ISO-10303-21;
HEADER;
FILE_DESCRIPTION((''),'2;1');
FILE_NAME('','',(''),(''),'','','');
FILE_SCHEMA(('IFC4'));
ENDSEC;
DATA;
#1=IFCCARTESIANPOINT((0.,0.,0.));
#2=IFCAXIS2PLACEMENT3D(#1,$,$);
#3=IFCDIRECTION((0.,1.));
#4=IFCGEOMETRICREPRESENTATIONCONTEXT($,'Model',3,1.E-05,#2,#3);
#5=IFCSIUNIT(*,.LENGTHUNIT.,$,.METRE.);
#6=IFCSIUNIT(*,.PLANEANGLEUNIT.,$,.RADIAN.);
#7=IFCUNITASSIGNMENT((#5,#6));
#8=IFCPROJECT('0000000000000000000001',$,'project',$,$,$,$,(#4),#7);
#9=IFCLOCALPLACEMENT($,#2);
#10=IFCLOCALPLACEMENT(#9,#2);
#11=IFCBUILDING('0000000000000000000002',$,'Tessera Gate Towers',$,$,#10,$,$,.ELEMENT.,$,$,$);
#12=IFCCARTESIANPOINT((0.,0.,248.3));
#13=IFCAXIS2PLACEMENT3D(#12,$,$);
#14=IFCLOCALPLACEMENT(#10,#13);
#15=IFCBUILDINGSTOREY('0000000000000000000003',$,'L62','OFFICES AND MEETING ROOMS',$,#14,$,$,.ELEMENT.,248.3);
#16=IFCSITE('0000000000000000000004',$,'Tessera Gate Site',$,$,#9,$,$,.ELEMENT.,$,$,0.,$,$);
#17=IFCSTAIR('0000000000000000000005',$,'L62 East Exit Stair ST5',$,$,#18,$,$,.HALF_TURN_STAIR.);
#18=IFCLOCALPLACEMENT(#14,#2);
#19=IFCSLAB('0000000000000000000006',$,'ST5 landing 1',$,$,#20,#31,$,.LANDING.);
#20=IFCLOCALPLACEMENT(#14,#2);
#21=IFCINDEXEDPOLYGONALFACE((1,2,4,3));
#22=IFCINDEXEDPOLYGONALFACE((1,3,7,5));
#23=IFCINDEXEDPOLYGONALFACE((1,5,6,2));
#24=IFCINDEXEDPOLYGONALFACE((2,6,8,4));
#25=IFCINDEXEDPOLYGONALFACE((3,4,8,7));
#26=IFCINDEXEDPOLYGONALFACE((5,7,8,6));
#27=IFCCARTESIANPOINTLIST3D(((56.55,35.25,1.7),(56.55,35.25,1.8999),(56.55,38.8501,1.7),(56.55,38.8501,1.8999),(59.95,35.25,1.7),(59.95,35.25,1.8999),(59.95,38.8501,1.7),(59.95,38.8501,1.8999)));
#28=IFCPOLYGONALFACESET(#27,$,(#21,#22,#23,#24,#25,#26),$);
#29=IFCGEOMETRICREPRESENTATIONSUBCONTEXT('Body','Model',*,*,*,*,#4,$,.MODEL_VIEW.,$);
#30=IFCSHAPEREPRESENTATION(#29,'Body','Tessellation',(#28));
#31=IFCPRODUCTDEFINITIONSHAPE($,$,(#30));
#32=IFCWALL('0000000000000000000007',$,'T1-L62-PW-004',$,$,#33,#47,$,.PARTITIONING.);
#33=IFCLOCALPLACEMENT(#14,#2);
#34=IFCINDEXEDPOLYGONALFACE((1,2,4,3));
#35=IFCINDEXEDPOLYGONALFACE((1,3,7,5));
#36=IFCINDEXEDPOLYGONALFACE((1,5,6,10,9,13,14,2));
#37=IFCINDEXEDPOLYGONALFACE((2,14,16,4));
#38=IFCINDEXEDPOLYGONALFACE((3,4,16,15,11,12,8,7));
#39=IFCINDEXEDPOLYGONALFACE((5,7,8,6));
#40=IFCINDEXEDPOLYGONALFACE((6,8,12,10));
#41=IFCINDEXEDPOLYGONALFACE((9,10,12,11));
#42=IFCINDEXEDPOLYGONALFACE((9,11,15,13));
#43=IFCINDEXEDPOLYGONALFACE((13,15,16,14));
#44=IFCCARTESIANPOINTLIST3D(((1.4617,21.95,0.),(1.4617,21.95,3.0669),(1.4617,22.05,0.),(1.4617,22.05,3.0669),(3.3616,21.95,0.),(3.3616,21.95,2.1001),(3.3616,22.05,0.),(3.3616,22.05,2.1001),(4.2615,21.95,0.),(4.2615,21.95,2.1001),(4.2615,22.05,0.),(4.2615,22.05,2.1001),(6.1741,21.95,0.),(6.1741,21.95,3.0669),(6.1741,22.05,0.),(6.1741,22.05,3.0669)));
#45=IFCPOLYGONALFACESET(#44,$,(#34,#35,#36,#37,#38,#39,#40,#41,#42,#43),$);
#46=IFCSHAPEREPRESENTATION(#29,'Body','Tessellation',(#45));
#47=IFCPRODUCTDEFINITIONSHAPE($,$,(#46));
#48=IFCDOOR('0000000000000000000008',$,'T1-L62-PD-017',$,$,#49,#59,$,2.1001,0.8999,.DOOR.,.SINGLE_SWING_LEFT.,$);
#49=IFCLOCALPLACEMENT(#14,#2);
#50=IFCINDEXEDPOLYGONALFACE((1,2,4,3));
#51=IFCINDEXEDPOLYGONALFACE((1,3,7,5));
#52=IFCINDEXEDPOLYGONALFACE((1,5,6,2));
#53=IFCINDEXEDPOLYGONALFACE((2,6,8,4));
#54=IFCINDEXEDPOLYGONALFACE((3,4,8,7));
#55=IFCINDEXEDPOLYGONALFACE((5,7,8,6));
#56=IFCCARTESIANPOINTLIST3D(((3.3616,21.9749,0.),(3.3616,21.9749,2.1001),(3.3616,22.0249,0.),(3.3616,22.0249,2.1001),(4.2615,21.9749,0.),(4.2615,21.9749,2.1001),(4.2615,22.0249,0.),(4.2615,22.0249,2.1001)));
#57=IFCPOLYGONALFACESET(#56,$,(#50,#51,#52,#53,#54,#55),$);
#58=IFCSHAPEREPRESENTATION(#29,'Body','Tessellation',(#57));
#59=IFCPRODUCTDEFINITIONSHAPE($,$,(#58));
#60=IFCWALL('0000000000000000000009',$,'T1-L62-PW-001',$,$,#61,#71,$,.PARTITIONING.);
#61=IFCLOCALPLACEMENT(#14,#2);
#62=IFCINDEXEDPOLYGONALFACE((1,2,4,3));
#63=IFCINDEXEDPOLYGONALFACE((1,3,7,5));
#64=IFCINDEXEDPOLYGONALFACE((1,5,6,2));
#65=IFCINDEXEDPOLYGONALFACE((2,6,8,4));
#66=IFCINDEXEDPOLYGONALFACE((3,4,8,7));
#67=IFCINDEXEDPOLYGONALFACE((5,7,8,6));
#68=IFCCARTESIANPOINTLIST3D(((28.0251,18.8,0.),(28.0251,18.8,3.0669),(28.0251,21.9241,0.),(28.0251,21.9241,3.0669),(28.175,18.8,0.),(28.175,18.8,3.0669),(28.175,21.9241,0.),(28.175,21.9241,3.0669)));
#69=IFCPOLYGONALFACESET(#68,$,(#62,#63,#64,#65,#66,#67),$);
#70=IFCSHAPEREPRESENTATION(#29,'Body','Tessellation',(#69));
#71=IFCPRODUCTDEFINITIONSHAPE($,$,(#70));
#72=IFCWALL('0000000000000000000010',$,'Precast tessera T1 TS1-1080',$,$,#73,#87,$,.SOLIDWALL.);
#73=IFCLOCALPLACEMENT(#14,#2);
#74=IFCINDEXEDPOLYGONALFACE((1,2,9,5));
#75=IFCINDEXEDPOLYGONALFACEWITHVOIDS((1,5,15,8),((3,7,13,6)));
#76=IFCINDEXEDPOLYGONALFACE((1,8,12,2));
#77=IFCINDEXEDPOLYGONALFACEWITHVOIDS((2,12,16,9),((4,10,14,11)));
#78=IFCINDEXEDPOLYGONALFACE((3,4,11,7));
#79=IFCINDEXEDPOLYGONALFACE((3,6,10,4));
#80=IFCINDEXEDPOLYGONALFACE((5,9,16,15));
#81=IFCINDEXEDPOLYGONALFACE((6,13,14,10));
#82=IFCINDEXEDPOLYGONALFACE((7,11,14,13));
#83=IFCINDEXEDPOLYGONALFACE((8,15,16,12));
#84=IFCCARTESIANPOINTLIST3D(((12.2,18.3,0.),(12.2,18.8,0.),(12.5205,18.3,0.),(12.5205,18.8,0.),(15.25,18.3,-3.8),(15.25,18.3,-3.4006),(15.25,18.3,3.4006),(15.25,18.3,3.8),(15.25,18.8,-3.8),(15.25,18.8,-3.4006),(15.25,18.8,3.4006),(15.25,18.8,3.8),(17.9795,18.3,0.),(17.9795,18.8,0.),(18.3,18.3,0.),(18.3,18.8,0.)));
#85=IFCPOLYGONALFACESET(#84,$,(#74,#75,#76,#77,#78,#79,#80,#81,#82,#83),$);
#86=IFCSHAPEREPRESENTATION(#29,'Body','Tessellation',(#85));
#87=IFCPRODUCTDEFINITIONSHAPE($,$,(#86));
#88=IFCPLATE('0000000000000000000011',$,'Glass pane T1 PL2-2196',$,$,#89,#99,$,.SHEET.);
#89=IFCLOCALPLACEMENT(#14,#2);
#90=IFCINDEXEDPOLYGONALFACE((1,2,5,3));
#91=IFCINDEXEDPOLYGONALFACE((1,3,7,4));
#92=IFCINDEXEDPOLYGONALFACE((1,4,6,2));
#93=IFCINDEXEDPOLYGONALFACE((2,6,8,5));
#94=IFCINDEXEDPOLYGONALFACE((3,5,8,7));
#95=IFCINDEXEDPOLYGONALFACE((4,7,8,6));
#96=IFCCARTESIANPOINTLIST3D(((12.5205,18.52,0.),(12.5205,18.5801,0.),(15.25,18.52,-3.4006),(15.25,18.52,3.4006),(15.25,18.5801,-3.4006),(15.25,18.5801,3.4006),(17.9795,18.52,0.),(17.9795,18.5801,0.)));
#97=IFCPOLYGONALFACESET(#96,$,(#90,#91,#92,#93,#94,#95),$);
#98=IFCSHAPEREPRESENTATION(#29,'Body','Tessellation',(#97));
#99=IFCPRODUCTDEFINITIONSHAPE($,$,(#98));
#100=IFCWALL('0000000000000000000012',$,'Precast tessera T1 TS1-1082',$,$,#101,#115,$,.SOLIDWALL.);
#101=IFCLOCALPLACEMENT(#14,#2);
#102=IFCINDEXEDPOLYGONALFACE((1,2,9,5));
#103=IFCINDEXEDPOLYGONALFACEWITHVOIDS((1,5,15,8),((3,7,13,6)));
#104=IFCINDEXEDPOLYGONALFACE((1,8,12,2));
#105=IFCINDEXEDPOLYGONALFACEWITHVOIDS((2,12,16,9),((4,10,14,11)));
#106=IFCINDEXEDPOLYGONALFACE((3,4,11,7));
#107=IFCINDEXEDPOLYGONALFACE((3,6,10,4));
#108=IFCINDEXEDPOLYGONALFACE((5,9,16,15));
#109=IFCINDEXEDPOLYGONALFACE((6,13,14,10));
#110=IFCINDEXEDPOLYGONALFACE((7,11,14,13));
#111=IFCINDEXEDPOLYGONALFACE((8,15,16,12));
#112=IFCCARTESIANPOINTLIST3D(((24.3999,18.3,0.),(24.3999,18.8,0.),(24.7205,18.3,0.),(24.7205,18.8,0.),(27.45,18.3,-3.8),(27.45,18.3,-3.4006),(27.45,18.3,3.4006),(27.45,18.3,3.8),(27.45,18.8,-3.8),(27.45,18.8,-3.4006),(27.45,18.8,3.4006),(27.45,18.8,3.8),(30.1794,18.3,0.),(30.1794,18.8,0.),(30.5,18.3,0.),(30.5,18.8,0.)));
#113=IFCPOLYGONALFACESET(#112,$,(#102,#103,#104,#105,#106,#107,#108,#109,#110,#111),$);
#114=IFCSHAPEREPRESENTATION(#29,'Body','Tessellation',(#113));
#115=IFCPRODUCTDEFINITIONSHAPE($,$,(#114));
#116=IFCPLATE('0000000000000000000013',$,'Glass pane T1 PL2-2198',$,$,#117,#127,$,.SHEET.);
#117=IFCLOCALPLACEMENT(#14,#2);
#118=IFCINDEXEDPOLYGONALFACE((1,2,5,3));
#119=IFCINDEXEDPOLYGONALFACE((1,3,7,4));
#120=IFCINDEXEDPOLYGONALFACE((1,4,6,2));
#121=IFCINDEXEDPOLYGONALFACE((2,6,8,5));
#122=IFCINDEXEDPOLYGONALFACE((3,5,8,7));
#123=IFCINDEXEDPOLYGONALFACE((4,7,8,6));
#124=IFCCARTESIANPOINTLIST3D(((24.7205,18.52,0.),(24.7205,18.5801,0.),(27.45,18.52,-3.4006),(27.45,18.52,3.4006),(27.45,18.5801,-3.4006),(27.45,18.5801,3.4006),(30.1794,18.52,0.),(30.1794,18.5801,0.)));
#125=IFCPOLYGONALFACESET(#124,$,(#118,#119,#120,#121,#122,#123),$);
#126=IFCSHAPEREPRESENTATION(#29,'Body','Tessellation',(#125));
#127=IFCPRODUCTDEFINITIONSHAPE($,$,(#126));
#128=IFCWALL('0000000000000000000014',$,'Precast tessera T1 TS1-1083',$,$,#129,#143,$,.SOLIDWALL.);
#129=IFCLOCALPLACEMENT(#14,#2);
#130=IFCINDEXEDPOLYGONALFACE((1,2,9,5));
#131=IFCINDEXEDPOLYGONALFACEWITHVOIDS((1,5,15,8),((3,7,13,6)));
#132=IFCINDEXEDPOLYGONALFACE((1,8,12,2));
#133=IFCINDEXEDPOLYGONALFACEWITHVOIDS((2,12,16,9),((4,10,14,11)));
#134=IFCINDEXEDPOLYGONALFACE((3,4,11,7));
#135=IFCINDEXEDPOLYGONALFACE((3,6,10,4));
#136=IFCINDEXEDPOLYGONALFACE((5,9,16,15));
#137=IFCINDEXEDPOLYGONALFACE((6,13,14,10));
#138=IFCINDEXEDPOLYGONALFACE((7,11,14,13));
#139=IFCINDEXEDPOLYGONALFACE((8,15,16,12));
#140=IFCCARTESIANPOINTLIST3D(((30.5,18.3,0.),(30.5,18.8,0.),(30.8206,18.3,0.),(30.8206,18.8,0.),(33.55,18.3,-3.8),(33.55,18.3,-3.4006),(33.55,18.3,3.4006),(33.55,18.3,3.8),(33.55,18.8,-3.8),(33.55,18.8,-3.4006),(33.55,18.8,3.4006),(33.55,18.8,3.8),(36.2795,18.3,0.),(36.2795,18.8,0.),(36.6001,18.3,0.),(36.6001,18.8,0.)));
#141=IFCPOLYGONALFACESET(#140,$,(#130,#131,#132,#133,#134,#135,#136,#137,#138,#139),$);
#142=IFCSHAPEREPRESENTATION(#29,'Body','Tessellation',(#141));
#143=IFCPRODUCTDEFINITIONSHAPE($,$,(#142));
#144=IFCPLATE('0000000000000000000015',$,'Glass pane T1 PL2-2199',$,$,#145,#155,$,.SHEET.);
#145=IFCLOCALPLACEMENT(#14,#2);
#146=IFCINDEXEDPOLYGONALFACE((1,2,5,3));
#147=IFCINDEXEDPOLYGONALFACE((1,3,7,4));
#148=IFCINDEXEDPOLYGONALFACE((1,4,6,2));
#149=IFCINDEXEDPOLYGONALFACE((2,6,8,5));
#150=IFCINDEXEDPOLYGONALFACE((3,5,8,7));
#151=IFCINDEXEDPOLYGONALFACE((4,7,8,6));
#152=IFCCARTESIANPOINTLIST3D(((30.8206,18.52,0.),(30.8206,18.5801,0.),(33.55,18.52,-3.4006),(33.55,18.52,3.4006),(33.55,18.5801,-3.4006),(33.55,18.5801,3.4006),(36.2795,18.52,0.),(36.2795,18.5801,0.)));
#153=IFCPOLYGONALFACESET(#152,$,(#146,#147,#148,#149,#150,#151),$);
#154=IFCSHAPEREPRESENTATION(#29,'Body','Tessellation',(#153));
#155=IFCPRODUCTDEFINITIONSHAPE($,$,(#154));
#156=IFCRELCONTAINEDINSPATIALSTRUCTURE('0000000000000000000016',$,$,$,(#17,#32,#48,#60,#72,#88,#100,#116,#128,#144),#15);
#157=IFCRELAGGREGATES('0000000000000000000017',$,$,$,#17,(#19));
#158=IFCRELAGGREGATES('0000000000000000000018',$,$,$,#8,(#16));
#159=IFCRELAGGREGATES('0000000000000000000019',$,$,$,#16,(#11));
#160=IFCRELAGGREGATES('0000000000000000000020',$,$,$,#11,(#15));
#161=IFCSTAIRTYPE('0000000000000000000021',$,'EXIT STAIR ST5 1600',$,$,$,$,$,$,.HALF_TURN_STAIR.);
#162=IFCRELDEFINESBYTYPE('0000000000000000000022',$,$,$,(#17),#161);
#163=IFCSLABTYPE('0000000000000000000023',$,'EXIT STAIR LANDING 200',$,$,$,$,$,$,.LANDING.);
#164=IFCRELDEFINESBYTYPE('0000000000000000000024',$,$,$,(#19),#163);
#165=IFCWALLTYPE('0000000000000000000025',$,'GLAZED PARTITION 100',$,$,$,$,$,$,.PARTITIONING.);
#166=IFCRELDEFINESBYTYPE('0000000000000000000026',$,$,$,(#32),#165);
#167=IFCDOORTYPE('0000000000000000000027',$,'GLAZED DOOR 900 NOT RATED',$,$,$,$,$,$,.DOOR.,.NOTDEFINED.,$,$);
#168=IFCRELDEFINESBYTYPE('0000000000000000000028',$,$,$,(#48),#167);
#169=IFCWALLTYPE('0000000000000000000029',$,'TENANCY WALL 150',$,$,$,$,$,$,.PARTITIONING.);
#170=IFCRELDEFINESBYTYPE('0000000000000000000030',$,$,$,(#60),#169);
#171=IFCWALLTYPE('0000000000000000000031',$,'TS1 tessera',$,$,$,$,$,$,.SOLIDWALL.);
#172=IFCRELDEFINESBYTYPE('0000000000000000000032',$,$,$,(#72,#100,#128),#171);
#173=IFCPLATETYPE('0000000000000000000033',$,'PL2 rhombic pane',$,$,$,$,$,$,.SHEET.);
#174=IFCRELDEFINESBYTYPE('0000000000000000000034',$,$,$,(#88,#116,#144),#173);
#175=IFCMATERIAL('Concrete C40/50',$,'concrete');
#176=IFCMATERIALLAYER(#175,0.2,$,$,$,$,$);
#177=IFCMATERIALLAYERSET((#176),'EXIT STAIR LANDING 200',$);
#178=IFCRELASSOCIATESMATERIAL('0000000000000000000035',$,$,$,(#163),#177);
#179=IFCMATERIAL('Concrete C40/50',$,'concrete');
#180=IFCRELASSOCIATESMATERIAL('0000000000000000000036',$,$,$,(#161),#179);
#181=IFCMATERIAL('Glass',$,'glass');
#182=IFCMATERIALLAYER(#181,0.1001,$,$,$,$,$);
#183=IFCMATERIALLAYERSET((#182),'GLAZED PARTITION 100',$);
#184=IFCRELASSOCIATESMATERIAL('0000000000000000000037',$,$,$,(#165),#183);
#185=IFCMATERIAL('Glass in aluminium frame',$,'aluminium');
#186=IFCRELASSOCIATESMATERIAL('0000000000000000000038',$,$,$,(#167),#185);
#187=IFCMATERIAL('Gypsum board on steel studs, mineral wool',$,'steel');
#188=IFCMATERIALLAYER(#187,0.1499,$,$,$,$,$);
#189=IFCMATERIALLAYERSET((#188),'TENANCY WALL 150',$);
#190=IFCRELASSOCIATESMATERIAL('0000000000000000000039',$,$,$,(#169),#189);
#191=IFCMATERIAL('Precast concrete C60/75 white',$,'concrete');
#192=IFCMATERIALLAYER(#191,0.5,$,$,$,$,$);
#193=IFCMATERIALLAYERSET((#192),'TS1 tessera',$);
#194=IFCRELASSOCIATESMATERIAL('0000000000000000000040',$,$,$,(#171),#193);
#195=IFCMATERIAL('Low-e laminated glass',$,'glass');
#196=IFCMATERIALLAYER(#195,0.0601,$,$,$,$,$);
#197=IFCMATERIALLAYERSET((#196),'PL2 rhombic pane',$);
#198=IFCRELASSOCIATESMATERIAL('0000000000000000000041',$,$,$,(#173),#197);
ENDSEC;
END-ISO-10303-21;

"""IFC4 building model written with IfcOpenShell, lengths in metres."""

from ifc_helpers import new_model, si_unit, direction, frame, frame_2d, origin, place, context, subcontext, project, spatial, polyline, rectangle, outline, extrude, source, transform, mapped, material, layer, layer_set, type_object, element, fill, aggregate, save


model = new_model("IFC4")

# Units and contexts
model_context = context("Model", 3, precision=1e-05, world=origin(), true_north=direction((0.0, 1.0)))
body_context = subcontext(model_context, "Body", "Model", "MODEL_VIEW")
ifc_project = project(units=[si_unit("LENGTHUNIT", "METRE"), si_unit("PLANEANGLEUNIT", "RADIAN")], contexts=[model_context])

# Site, building, storey
site_placement = place(None, origin())
site = spatial("IfcSite", under=ifc_project, at=site_placement, Name="Tessera Gate Site", CompositionType="ELEMENT", RefElevation=0.0)
building_placement = place(site_placement, origin())
building = spatial("IfcBuilding", under=site, at=building_placement, Name="Tessera Gate Towers", CompositionType="ELEMENT")
storey_placement = place(building_placement, frame((0.0, 0.0, 248.3)))
storey = spatial("IfcBuildingStorey", under=building, at=storey_placement, Name="L62", Description="OFFICES AND MEETING ROOMS", CompositionType="ELEMENT", Elevation=248.3)

# Stair, slab
ifc_material_1 = material(Name="Concrete C40/50", Category="concrete")
ifc_layer_1 = layer(ifc_material_1, 0.2)
ifc_layer_set_1 = layer_set([ifc_layer_1], Name="EXIT STAIR LANDING 200")
slab_type_1 = type_object("IfcSlabType", Name="EXIT STAIR LANDING 200", PredefinedType="LANDING", material=ifc_layer_set_1)
ifc_material_2 = material(Name="Concrete C40/50", Category="concrete")
stair_type_1 = type_object("IfcStairType", Name="EXIT STAIR ST5 1600", PredefinedType="HALF_TURN_STAIR", material=ifc_material_2)
stair_1_placement = place(storey_placement, origin())
stair_1 = element("IfcStair", 1, at=stair_1_placement, inside=storey, type_object=stair_type_1, Name="L62 East Exit Stair ST5", PredefinedType="HALF_TURN_STAIR")
slab_1_placement = place(storey_placement, frame((0.0, 0.0, 1.7)))
slab_1 = element("IfcSlab", 2, at=slab_1_placement, type_object=slab_type_1, Name="ST5 landing 1", PredefinedType="LANDING", context=body_context, shape_type="SweptSolid", body=[
    extrude(outline(polyline([(59.95, 35.25), (59.95, 38.8501), (56.55, 38.8501), (56.55, 35.25), (59.95, 35.25)])), origin(), (0.0, 0.0, 1.0), 0.2),
])
aggregate(stair_1, [slab_1])

# Wall, opening, door
ifc_material_3 = material(Name="Glass", Category="glass")
ifc_layer_2 = layer(ifc_material_3, 0.1001)
ifc_layer_set_2 = layer_set([ifc_layer_2], Name="GLAZED PARTITION 100")
wall_type_1 = type_object("IfcWallType", Name="GLAZED PARTITION 100", PredefinedType="PARTITIONING", material=ifc_layer_set_2)
wall_1_placement = place(storey_placement, frame((1.4617, 22.0, 0.0), z_axis=(0.0, 0.0, 1.0), x_axis=(1.0, 0.0, 0.0)))
wall_1 = element("IfcWall", 3, at=wall_1_placement, inside=storey, type_object=wall_type_1, Name="T1-L62-PW-004", PredefinedType="PARTITIONING", context=body_context, shape_type="SweptSolid", body=[
    extrude(rectangle(XDim=4.7124, YDim=0.1001, at=frame_2d((2.3562, 0.0))), origin(), (0.0, 0.0, 1.0), 3.0669),
])
shared_shape_1 = source(origin(), body_context, "Body", "SweptSolid", [
    extrude(rectangle(XDim=0.8999, YDim=2.1001, at=frame_2d((0.45, 1.05))), frame((0.0, 0.0601, 0.0), z_axis=(0.0, -1.0, 0.0), x_axis=(1.0, 0.0, 0.0)), (0.0, 0.0, 1.0), 0.1201),
])
opening_1_placement = place(wall_1_placement, frame((1.8999, 0.0, 0.0)))
opening_1 = element("IfcOpeningElement", 4, at=opening_1_placement, cuts=wall_1, PredefinedType="OPENING", context=body_context, shape_type="MappedRepresentation", body=[
    mapped(shared_shape_1, transform((0.0, 0.0, 0.0), scale=1.0)),
])
ifc_material_4 = material(Name="Glass in aluminium frame", Category="aluminium")
door_type = type_object("IfcDoorType", Name="GLAZED DOOR 900 NOT RATED", OperationType="NOTDEFINED", PredefinedType="DOOR", material=ifc_material_4)
shared_shape_2 = source(origin(), body_context, "Body", "SweptSolid", [
    extrude(rectangle(XDim=0.8999, YDim=2.1001, at=frame_2d((0.45, 1.05))), frame((0.0, 0.0249, 0.0), z_axis=(0.0, -1.0, 0.0), x_axis=(1.0, 0.0, 0.0)), (0.0, 0.0, 1.0), 0.05),
])
door_placement = place(opening_1_placement, origin())
door = element("IfcDoor", 5, at=door_placement, inside=storey, type_object=door_type, Name="T1-L62-PD-017", OperationType="SINGLE_SWING_LEFT", OverallHeight=2.1001, OverallWidth=0.8999, PredefinedType="DOOR", context=body_context, shape_type="MappedRepresentation", body=[
    mapped(shared_shape_2, transform((0.0, 0.0, 0.0), scale=1.0)),
])
fill(opening_1, door)

# Wall
ifc_material_5 = material(Name="Gypsum board on steel studs, mineral wool", Category="steel")
ifc_layer_3 = layer(ifc_material_5, 0.1499)
ifc_layer_set_3 = layer_set([ifc_layer_3], Name="TENANCY WALL 150")
wall_type_2 = type_object("IfcWallType", Name="TENANCY WALL 150", PredefinedType="PARTITIONING", material=ifc_layer_set_3)
wall_2_placement = place(storey_placement, frame((28.1001, 18.8, 0.0), z_axis=(0.0, 0.0, 1.0), x_axis=(0.0, 1.0, 0.0)))
element("IfcWall", 6, at=wall_2_placement, inside=storey, type_object=wall_type_2, Name="T1-L62-PW-001", PredefinedType="PARTITIONING", context=body_context, shape_type="SweptSolid", body=[
    extrude(rectangle(XDim=3.124, YDim=0.1499, at=frame_2d((1.562, 0.0))), origin(), (0.0, 0.0, 1.0), 3.0669),
])

# Walls, openings, plates
ifc_material_6 = material(Name="Precast concrete C60/75 white", Category="concrete")
ifc_layer_4 = layer(ifc_material_6, 0.5)
ifc_layer_set_4 = layer_set([ifc_layer_4], Name="TS1 tessera")
wall_type_3 = type_object("IfcWallType", Name="TS1 tessera", PredefinedType="SOLIDWALL", material=ifc_layer_set_4)
shared_shape_3 = source(origin(), body_context, "Body", "SweptSolid", [
    extrude(outline(polyline([(3.05, 0.0), (6.1001, 3.8), (3.05, 7.6001), (0.0, 3.8), (3.05, 0.0)])), frame((0.0, 0.25, 0.0), z_axis=(0.0, -1.0, 0.0), x_axis=(1.0, 0.0, 0.0)), (0.0, 0.0, 1.0), 0.5),
])
wall_3_placement = place(storey_placement, frame((12.2, 18.55, -3.8), z_axis=(0.0, 0.0, 1.0), x_axis=(1.0, 0.0, 0.0)))
wall_3 = element("IfcWall", 7, at=wall_3_placement, inside=storey, type_object=wall_type_3, Name="Precast tessera T1 TS1-1080", PredefinedType="SOLIDWALL", context=body_context, shape_type="MappedRepresentation", body=[
    mapped(shared_shape_3, transform((0.0, 0.0, 0.0), scale=1.0)),
])
shared_shape_4 = source(origin(), body_context, "Body", "SweptSolid", [
    extrude(outline(polyline([(3.05, 0.3994), (5.7795, 3.8), (3.05, 7.2007), (0.3206, 3.8), (3.05, 0.3994)])), frame((0.0, 0.26, 0.0), z_axis=(0.0, -1.0, 0.0), x_axis=(1.0, 0.0, 0.0)), (0.0, 0.0, 1.0), 0.52),
])
opening_2_placement = place(wall_3_placement, origin())
opening_2 = element("IfcOpeningElement", 8, at=opening_2_placement, cuts=wall_3, PredefinedType="OPENING", context=body_context, shape_type="MappedRepresentation", body=[
    mapped(shared_shape_4, transform((0.0, 0.0, 0.0), scale=1.0)),
])
ifc_material_7 = material(Name="Low-e laminated glass", Category="glass")
ifc_layer_5 = layer(ifc_material_7, 0.0601)
ifc_layer_set_5 = layer_set([ifc_layer_5], Name="PL2 rhombic pane")
plate_type = type_object("IfcPlateType", Name="PL2 rhombic pane", PredefinedType="SHEET", material=ifc_layer_set_5)
shared_shape_5 = source(origin(), body_context, "Body", "SweptSolid", [
    extrude(outline(polyline([(3.05, 0.3994), (5.7795, 3.8), (3.05, 7.2007), (0.3206, 3.8), (3.05, 0.3994)])), frame((0.0, 0.03, 0.0), z_axis=(0.0, -1.0, 0.0), x_axis=(1.0, 0.0, 0.0)), (0.0, 0.0, 1.0), 0.0601),
])
plate_1_placement = place(opening_2_placement, origin())
plate_1 = element("IfcPlate", 9, at=plate_1_placement, inside=storey, type_object=plate_type, Name="Glass pane T1 PL2-2196", PredefinedType="SHEET", context=body_context, shape_type="MappedRepresentation", body=[
    mapped(shared_shape_5, transform((0.0, 0.0, 0.0), scale=1.0)),
])
fill(opening_2, plate_1)
wall_4_placement = place(storey_placement, frame((24.3999, 18.55, -3.8), z_axis=(0.0, 0.0, 1.0), x_axis=(1.0, 0.0, 0.0)))
wall_4 = element("IfcWall", 10, at=wall_4_placement, inside=storey, type_object=wall_type_3, Name="Precast tessera T1 TS1-1082", PredefinedType="SOLIDWALL", context=body_context, shape_type="MappedRepresentation", body=[
    mapped(shared_shape_3, transform((0.0, 0.0, 0.0), scale=1.0)),
])
opening_3_placement = place(wall_4_placement, origin())
opening_3 = element("IfcOpeningElement", 11, at=opening_3_placement, cuts=wall_4, PredefinedType="OPENING", context=body_context, shape_type="MappedRepresentation", body=[
    mapped(shared_shape_4, transform((0.0, 0.0, 0.0), scale=1.0)),
])
plate_2_placement = place(opening_3_placement, origin())
plate_2 = element("IfcPlate", 12, at=plate_2_placement, inside=storey, type_object=plate_type, Name="Glass pane T1 PL2-2198", PredefinedType="SHEET", context=body_context, shape_type="MappedRepresentation", body=[
    mapped(shared_shape_5, transform((0.0, 0.0, 0.0), scale=1.0)),
])
fill(opening_3, plate_2)
wall_5_placement = place(storey_placement, frame((30.5, 18.55, -3.8), z_axis=(0.0, 0.0, 1.0), x_axis=(1.0, 0.0, 0.0)))
wall_5 = element("IfcWall", 13, at=wall_5_placement, inside=storey, type_object=wall_type_3, Name="Precast tessera T1 TS1-1083", PredefinedType="SOLIDWALL", context=body_context, shape_type="MappedRepresentation", body=[
    mapped(shared_shape_3, transform((0.0, 0.0, 0.0), scale=1.0)),
])
opening_4_placement = place(wall_5_placement, origin())
opening_4 = element("IfcOpeningElement", 14, at=opening_4_placement, cuts=wall_5, PredefinedType="OPENING", context=body_context, shape_type="MappedRepresentation", body=[
    mapped(shared_shape_4, transform((0.0, 0.0, 0.0), scale=1.0)),
])
plate_3_placement = place(opening_4_placement, origin())
plate_3 = element("IfcPlate", 15, at=plate_3_placement, inside=storey, type_object=plate_type, Name="Glass pane T1 PL2-2199", PredefinedType="SHEET", context=body_context, shape_type="MappedRepresentation", body=[
    mapped(shared_shape_5, transform((0.0, 0.0, 0.0), scale=1.0)),
])
fill(opening_4, plate_3)

save(model, "model.ifc")
